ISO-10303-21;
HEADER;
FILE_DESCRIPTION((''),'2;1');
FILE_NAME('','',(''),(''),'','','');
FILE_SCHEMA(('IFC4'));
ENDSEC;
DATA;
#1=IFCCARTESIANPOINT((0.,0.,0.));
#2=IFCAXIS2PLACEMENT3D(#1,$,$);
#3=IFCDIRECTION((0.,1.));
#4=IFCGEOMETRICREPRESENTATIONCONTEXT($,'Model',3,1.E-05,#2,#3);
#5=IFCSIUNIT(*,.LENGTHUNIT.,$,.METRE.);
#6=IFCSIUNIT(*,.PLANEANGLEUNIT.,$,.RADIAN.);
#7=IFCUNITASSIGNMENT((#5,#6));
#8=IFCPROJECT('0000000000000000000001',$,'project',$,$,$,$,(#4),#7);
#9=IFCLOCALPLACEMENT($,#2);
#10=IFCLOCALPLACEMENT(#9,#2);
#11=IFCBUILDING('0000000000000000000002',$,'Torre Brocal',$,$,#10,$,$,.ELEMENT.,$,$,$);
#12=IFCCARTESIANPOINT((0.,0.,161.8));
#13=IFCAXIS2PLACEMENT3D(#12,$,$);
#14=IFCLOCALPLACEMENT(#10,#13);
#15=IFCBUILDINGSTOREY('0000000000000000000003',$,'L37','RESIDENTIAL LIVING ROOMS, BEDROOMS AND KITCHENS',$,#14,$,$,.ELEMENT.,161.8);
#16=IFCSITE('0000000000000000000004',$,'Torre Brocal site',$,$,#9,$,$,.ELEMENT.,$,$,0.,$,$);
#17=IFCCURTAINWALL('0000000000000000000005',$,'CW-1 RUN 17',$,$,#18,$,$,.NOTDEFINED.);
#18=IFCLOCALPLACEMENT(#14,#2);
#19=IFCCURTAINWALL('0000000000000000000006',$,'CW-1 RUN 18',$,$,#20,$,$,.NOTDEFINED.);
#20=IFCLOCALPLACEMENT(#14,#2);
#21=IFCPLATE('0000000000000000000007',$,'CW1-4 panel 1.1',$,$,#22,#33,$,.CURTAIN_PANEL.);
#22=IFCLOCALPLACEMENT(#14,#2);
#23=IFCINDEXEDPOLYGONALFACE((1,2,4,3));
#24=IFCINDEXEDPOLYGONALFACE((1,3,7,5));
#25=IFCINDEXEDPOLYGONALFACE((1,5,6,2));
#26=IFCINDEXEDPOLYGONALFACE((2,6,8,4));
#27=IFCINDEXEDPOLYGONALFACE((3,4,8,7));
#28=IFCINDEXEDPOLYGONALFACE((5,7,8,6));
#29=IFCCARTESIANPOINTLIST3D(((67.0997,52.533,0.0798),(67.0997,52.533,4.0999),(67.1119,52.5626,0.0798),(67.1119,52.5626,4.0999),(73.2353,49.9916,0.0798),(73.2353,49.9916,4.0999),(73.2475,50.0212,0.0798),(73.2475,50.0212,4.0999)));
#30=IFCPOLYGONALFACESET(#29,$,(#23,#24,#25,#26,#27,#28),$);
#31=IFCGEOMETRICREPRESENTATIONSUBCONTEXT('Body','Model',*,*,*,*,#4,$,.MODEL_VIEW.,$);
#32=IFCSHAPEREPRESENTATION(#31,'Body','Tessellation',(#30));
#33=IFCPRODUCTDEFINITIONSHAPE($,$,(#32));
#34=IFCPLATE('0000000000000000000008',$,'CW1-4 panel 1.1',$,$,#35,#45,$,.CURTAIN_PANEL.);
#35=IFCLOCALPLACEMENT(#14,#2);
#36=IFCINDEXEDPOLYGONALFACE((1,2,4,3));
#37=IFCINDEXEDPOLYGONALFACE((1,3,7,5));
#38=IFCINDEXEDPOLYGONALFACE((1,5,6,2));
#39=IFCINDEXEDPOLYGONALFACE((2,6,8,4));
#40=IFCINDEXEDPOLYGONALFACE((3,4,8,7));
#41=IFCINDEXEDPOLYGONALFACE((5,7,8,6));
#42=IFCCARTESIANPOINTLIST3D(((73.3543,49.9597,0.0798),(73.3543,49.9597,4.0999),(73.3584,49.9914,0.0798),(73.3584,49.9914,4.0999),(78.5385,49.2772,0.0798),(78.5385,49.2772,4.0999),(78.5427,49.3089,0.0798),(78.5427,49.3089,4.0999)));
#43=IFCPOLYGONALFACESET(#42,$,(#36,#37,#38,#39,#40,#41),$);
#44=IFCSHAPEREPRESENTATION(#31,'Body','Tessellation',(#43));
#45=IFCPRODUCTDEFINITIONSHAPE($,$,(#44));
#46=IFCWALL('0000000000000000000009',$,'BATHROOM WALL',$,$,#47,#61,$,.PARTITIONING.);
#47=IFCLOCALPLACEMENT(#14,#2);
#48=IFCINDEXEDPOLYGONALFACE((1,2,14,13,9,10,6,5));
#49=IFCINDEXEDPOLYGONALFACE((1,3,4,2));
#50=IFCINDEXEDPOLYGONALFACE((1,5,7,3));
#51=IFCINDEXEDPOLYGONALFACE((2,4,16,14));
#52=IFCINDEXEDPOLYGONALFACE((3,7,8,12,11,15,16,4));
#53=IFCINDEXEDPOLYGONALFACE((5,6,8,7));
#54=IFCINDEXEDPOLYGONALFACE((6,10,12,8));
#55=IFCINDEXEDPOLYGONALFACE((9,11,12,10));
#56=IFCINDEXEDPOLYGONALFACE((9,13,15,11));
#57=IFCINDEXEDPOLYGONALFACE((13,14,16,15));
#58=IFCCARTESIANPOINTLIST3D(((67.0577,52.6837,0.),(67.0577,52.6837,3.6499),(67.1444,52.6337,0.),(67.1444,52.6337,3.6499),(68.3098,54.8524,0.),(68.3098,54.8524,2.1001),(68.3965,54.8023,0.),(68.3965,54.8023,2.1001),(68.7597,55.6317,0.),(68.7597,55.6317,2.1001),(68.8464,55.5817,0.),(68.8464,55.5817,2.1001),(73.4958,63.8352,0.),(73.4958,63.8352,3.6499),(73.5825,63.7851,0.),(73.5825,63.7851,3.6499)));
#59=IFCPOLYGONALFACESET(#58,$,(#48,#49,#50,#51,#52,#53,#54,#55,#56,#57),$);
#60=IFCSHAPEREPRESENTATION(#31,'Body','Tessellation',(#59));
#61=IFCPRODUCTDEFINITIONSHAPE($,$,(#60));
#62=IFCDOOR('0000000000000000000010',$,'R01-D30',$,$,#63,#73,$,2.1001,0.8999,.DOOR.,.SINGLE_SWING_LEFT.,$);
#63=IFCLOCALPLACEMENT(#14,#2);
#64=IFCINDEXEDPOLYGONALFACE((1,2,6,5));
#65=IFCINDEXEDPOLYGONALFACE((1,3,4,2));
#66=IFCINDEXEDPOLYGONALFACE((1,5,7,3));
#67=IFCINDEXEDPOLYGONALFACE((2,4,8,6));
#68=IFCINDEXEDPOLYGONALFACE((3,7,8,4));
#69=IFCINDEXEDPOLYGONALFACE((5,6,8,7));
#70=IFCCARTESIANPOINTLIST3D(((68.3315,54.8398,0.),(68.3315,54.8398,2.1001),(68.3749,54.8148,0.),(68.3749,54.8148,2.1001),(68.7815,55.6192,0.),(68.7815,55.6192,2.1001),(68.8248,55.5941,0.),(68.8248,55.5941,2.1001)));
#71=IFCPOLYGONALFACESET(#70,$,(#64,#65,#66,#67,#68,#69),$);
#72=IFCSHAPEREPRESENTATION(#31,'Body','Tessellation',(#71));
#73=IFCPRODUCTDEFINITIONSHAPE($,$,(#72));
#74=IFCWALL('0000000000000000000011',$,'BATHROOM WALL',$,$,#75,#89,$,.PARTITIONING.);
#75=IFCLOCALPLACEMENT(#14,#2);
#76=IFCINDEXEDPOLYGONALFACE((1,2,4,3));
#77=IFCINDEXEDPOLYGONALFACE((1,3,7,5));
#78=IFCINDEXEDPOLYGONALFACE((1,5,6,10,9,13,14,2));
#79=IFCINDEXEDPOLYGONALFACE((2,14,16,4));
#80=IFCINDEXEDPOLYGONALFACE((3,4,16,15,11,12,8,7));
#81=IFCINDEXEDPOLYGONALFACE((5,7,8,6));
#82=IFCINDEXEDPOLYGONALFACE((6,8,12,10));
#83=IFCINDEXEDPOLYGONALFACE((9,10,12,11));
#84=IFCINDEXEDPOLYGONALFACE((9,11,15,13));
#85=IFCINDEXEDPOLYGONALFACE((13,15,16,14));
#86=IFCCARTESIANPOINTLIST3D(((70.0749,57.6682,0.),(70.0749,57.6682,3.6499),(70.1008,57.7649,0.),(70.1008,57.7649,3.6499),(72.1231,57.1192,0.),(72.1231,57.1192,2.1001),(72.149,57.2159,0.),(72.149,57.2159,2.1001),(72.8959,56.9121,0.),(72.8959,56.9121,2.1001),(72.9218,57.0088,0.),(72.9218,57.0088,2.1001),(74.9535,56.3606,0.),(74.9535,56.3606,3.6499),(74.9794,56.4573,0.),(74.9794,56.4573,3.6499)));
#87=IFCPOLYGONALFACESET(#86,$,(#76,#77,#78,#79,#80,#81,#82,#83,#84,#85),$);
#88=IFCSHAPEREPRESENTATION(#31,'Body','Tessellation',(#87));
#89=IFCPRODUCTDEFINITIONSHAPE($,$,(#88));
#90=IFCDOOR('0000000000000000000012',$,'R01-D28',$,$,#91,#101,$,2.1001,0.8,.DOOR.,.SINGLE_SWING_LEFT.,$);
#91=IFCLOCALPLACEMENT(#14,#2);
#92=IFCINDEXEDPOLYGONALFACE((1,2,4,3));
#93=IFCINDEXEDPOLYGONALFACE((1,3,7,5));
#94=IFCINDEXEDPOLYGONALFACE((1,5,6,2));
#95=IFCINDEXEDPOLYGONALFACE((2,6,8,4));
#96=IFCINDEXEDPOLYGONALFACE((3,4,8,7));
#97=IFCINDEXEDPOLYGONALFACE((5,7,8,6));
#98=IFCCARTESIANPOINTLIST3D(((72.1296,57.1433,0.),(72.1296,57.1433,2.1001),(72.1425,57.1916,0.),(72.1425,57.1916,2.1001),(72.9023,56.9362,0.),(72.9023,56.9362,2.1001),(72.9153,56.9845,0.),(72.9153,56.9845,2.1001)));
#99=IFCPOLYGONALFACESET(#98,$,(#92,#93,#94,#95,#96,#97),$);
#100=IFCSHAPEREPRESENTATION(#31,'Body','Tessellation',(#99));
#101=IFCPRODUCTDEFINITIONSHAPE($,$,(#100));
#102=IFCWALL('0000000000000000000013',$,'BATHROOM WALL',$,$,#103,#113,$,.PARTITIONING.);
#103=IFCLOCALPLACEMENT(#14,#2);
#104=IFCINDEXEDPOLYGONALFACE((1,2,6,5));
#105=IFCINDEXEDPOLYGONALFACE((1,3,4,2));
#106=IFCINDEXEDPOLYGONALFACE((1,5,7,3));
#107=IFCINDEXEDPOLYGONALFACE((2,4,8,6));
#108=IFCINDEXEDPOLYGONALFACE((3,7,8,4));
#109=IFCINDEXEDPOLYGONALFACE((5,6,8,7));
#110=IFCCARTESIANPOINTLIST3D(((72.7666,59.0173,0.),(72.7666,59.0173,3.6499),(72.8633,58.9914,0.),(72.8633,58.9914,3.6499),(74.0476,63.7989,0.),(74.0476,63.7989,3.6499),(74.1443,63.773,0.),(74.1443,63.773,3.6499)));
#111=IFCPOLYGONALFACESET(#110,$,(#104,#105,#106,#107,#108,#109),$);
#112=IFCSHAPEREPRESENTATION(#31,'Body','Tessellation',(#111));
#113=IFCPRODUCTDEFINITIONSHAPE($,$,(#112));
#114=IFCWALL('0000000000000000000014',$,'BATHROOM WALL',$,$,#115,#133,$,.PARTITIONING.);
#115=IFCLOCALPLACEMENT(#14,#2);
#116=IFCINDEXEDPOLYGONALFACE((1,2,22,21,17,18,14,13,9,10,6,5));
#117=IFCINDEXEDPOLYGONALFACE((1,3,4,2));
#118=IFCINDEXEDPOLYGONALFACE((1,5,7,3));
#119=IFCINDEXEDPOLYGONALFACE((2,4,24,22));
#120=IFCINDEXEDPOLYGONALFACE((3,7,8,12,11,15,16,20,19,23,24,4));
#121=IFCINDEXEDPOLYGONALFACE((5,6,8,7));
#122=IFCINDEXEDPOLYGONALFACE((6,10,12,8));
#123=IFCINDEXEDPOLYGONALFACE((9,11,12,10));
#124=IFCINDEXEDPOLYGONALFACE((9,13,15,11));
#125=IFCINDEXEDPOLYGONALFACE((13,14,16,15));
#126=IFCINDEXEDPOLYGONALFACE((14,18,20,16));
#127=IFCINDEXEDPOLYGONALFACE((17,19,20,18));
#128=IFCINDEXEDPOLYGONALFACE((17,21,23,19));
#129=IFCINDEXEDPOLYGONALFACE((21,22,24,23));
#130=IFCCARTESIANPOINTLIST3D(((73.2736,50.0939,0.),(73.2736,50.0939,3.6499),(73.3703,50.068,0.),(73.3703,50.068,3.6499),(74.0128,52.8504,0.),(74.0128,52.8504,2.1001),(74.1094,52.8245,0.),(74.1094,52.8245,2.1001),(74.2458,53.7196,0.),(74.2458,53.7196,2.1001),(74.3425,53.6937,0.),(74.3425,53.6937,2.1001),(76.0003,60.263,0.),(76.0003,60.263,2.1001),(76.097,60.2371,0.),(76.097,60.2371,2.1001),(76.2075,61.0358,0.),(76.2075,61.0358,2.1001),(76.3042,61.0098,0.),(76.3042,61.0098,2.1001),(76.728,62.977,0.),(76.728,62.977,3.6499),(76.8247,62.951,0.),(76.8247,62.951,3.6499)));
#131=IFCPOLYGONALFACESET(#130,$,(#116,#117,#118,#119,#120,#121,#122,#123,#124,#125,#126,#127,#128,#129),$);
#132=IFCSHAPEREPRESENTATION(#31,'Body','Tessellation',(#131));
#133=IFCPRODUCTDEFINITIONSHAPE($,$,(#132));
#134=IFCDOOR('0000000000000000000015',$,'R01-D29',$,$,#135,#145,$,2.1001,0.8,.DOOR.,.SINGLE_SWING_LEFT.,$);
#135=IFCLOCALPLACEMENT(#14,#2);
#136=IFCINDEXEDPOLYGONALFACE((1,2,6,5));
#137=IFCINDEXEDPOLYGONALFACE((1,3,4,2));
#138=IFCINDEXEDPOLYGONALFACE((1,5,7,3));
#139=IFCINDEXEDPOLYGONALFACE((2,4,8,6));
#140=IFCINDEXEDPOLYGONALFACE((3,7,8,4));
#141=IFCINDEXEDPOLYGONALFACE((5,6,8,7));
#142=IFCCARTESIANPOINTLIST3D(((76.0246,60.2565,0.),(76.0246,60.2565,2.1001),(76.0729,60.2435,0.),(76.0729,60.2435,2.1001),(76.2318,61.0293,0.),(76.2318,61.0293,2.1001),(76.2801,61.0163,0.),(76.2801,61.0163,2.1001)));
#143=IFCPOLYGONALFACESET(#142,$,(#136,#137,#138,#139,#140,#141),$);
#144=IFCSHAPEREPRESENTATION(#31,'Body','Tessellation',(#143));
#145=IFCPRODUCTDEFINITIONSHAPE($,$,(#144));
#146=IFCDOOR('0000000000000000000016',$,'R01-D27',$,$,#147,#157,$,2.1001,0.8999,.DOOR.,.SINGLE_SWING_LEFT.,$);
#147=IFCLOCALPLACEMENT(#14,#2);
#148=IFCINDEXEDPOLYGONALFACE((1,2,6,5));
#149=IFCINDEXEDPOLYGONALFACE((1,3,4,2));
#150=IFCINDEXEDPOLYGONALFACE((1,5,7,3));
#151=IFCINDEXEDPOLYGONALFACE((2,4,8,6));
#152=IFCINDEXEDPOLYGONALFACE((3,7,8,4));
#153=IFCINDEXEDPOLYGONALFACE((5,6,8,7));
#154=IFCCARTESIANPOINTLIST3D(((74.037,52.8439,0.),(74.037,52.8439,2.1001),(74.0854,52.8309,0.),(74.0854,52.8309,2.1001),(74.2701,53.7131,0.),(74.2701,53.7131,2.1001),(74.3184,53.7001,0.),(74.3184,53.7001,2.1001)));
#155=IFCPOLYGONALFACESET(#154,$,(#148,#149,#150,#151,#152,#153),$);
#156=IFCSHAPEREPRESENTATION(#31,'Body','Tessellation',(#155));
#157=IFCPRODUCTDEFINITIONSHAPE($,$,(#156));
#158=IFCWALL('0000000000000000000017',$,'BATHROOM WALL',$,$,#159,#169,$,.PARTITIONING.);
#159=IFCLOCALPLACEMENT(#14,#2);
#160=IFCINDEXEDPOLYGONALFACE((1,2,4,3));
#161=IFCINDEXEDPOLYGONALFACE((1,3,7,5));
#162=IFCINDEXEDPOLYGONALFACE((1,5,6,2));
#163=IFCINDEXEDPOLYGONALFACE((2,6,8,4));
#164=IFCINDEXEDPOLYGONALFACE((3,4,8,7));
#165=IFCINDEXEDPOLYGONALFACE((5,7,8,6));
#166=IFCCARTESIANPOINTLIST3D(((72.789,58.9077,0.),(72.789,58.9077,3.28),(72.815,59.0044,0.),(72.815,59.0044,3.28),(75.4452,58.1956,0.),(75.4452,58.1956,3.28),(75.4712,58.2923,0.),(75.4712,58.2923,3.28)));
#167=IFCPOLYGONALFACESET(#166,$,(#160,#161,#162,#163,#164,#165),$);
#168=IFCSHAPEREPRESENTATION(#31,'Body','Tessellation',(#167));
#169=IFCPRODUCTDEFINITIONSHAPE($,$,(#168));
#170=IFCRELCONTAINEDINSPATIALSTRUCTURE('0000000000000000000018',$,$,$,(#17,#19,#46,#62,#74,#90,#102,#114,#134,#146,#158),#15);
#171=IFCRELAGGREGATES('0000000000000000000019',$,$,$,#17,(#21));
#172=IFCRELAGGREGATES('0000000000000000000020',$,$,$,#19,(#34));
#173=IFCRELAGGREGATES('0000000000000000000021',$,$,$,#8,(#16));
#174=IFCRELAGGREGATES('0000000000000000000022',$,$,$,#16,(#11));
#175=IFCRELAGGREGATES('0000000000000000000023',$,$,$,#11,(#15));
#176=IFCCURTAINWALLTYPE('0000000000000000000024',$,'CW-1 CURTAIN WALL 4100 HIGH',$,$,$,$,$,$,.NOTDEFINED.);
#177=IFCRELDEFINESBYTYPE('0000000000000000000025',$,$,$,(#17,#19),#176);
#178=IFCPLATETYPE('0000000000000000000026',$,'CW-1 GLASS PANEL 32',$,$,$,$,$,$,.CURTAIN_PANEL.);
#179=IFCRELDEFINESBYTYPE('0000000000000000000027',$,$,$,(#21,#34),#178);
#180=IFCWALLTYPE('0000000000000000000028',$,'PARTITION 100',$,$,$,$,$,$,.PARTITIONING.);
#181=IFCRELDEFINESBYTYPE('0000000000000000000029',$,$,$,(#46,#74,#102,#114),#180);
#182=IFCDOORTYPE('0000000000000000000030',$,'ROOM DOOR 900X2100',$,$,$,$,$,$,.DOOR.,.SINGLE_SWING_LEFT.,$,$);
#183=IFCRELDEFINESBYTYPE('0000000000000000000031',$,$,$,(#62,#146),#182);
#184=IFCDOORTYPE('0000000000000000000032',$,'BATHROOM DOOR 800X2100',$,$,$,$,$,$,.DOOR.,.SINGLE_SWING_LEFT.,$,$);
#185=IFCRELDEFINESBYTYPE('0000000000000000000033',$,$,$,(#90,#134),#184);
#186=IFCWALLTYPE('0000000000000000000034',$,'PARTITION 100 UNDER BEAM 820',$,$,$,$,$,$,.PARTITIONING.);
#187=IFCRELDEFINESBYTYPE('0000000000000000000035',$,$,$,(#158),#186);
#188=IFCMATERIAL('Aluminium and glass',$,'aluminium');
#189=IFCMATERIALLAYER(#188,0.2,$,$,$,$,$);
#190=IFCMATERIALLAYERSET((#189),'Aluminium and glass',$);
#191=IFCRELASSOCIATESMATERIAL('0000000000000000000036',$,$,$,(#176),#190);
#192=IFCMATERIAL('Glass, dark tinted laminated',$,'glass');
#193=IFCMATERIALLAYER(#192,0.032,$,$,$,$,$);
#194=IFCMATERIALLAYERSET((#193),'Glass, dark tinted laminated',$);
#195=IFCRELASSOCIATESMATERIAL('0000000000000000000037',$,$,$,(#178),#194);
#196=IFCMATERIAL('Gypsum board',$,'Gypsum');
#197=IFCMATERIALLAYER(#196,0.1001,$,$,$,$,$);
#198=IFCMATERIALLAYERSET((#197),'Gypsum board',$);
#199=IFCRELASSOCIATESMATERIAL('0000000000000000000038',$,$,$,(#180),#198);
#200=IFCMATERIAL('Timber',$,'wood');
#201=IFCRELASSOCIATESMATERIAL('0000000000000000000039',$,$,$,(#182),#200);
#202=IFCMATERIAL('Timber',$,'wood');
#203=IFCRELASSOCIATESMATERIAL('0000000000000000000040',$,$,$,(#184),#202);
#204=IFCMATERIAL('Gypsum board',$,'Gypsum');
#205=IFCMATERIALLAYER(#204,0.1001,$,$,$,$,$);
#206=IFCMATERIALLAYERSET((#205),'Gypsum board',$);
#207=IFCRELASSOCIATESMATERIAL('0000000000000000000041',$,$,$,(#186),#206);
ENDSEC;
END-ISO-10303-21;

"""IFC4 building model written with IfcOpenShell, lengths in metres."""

from ifc_helpers import new_model, si_unit, direction, frame, frame_2d, origin, origin_2d, place, context, subcontext, project, spatial, rectangle, extrude, material, layer, layer_set, type_object, element, fill, aggregate, save


model = new_model("IFC4")

# Units and contexts
model_context = context("Model", 3, precision=1e-05, world=origin(), true_north=direction((0.0, 1.0)))
body_context = subcontext(model_context, "Body", "Model", "MODEL_VIEW")
ifc_project = project(units=[si_unit("LENGTHUNIT", "METRE"), si_unit("PLANEANGLEUNIT", "RADIAN")], contexts=[model_context])

# Site, building, storey
site_placement = place(None, origin())
site = spatial("IfcSite", under=ifc_project, at=site_placement, Name="Torre Brocal site", CompositionType="ELEMENT", RefElevation=0.0)
building_placement = place(site_placement, origin())
building = spatial("IfcBuilding", under=site, at=building_placement, Name="Torre Brocal", CompositionType="ELEMENT")
storey_placement = place(building_placement, frame((0.0, 0.0, 161.8)))
storey = spatial("IfcBuildingStorey", under=building, at=storey_placement, Name="L37", Description="RESIDENTIAL LIVING ROOMS, BEDROOMS AND KITCHENS", CompositionType="ELEMENT", Elevation=161.8)

# Shared definitions
ifc_material_1 = material(Name="Aluminium and glass", Category="aluminium")
ifc_layer_1 = layer(ifc_material_1, 0.2)
ifc_layer_set_1 = layer_set([ifc_layer_1], Name="Aluminium and glass")
curtain_wall_type = type_object("IfcCurtainWallType", Name="CW-1 CURTAIN WALL 4100 HIGH", PredefinedType="NOTDEFINED", material=ifc_layer_set_1)

# Curtain walls
curtain_wall_1_placement = place(storey_placement, origin())
curtain_wall_1 = element("IfcCurtainWall", 1, at=curtain_wall_1_placement, inside=storey, type_object=curtain_wall_type, Name="CW-1 RUN 17", PredefinedType="NOTDEFINED")
curtain_wall_2_placement = place(storey_placement, origin())
curtain_wall_2 = element("IfcCurtainWall", 2, at=curtain_wall_2_placement, inside=storey, type_object=curtain_wall_type, Name="CW-1 RUN 18", PredefinedType="NOTDEFINED")

# Plates
ifc_material_2 = material(Name="Glass, dark tinted laminated", Category="glass")
ifc_layer_2 = layer(ifc_material_2, 0.032)
ifc_layer_set_2 = layer_set([ifc_layer_2], Name="Glass, dark tinted laminated")
plate_type = type_object("IfcPlateType", Name="CW-1 GLASS PANEL 32", PredefinedType="CURTAIN_PANEL", material=ifc_layer_set_2)
plate_1_placement = place(storey_placement, frame((70.1736, 51.2771, 0.0798), z_axis=(0.0, 0.0, 1.0), x_axis=(0.92388, -0.382683, 0.0)))
plate_1 = element("IfcPlate", 3, at=plate_1_placement, type_object=plate_type, Name="CW1-4 panel 1.1", PredefinedType="CURTAIN_PANEL", context=body_context, shape_type="SweptSolid", body=[
    extrude(rectangle(XDim=6.6411, YDim=0.032, at=origin_2d()), origin(), (0.0, 0.0, 1.0), 4.02),
])
aggregate(curtain_wall_1, [plate_1])
plate_2_placement = place(storey_placement, frame((75.9485, 49.6343, 0.0798), z_axis=(0.0, 0.0, 1.0), x_axis=(0.991445, -0.130526, 0.0)))
plate_2 = element("IfcPlate", 4, at=plate_2_placement, type_object=plate_type, Name="CW1-4 panel 1.1", PredefinedType="CURTAIN_PANEL", context=body_context, shape_type="SweptSolid", body=[
    extrude(rectangle(XDim=5.229, YDim=0.032, at=origin_2d()), origin(), (0.0, 0.0, 1.0), 4.02),
])
aggregate(curtain_wall_2, [plate_2])

# Walls, openings, doors
ifc_material_3 = material(Name="Gypsum board", Category="Gypsum")
ifc_layer_3 = layer(ifc_material_3, 0.1001)
ifc_layer_set_3 = layer_set([ifc_layer_3], Name="Gypsum board")
wall_type_1 = type_object("IfcWallType", Name="PARTITION 100", PredefinedType="PARTITIONING", material=ifc_layer_set_3)
wall_1_placement = place(storey_placement, frame((67.1011, 52.6587, 0.0), z_axis=(0.0, 0.0, 1.0), x_axis=(0.499985, 0.866034, 0.0)))
wall_1 = element("IfcWall", 5, at=wall_1_placement, inside=storey, type_object=wall_type_1, Name="BATHROOM WALL", PredefinedType="PARTITIONING", context=body_context, shape_type="SweptSolid", body=[
    extrude(rectangle(XDim=12.8765, YDim=0.1001, at=frame_2d((6.4382, 0.0))), origin(), (0.0, 0.0, 1.0), 3.6499),
])
opening_1_placement = place(wall_1_placement, frame((2.5042, 0.0, 0.0)))
opening_1 = element("IfcOpeningElement", 6, at=opening_1_placement, cuts=wall_1, PredefinedType="OPENING", context=body_context, shape_type="SweptSolid", body=[
    extrude(rectangle(XDim=0.8999, YDim=2.1001, at=frame_2d((0.45, 1.05))), frame((0.0, 0.0601, 0.0), z_axis=(0.0, -1.0, 0.0), x_axis=(1.0, 0.0, 0.0)), (0.0, 0.0, 1.0), 0.1201),
])
ifc_material_4 = material(Name="Timber", Category="wood")
door_type_1 = type_object("IfcDoorType", Name="ROOM DOOR 900X2100", OperationType="SINGLE_SWING_LEFT", PredefinedType="DOOR", material=ifc_material_4)
door_1_placement = place(opening_1_placement, origin())
door_1 = element("IfcDoor", 7, at=door_1_placement, inside=storey, type_object=door_type_1, Name="R01-D30", OperationType="SINGLE_SWING_LEFT", OverallHeight=2.1001, OverallWidth=0.8999, PredefinedType="DOOR", context=body_context, shape_type="SweptSolid", body=[
    extrude(rectangle(XDim=0.8999, YDim=2.1001, at=frame_2d((0.45, 1.05))), frame((0.0, 0.0249, 0.0), z_axis=(0.0, -1.0, 0.0), x_axis=(1.0, 0.0, 0.0)), (0.0, 0.0, 1.0), 0.05),
])
fill(opening_1, door_1)
wall_2_placement = place(storey_placement, frame((70.0879, 57.7166, 0.0), z_axis=(0.0, 0.0, 1.0), x_axis=(0.965907, -0.25889, 0.0)))
wall_2 = element("IfcWall", 8, at=wall_2_placement, inside=storey, type_object=wall_type_1, Name="BATHROOM WALL", PredefinedType="PARTITIONING", context=body_context, shape_type="SweptSolid", body=[
    extrude(rectangle(XDim=5.0508, YDim=0.1001, at=frame_2d((2.5254, 0.0))), origin(), (0.0, 0.0, 1.0), 3.6499),
])
opening_2_placement = place(wall_2_placement, frame((2.1206, 0.0, 0.0)))
opening_2 = element("IfcOpeningElement", 9, at=opening_2_placement, cuts=wall_2, PredefinedType="OPENING", context=body_context, shape_type="SweptSolid", body=[
    extrude(rectangle(XDim=0.8, YDim=2.1001, at=frame_2d((0.3999, 1.05))), frame((0.0, 0.0601, 0.0), z_axis=(0.0, -1.0, 0.0), x_axis=(1.0, 0.0, 0.0)), (0.0, 0.0, 1.0), 0.1201),
])
ifc_material_5 = material(Name="Timber", Category="wood")
door_type_2 = type_object("IfcDoorType", Name="BATHROOM DOOR 800X2100", OperationType="SINGLE_SWING_LEFT", PredefinedType="DOOR", material=ifc_material_5)
door_2_placement = place(opening_2_placement, origin())
door_2 = element("IfcDoor", 10, at=door_2_placement, inside=storey, type_object=door_type_2, Name="R01-D28", OperationType="SINGLE_SWING_LEFT", OverallHeight=2.1001, OverallWidth=0.8, PredefinedType="DOOR", context=body_context, shape_type="SweptSolid", body=[
    extrude(rectangle(XDim=0.8, YDim=2.1001, at=frame_2d((0.3999, 1.05))), frame((0.0, 0.0249, 0.0), z_axis=(0.0, -1.0, 0.0), x_axis=(1.0, 0.0, 0.0)), (0.0, 0.0, 1.0), 0.05),
])
fill(opening_2, door_2)

# Wall
wall_3_placement = place(storey_placement, frame((72.8149, 59.0044, 0.0), z_axis=(0.0, 0.0, 1.0), x_axis=(0.258783, 0.965936, 0.0)))
element("IfcWall", 11, at=wall_3_placement, inside=storey, type_object=wall_type_1, Name="BATHROOM WALL", PredefinedType="PARTITIONING", context=body_context, shape_type="SweptSolid", body=[
    extrude(rectangle(XDim=4.9502, YDim=0.1001, at=frame_2d((2.4751, 0.0))), origin(), (0.0, 0.0, 1.0), 3.6499),
])

# Wall, openings, doors
wall_4_placement = place(storey_placement, frame((73.322, 50.0811, 0.0), z_axis=(0.0, 0.0, 1.0), x_axis=(0.258983, 0.965882, 0.0)))
wall_4 = element("IfcWall", 12, at=wall_4_placement, inside=storey, type_object=wall_type_1, Name="BATHROOM WALL", PredefinedType="PARTITIONING", context=body_context, shape_type="SweptSolid", body=[
    extrude(rectangle(XDim=13.3381, YDim=0.1001, at=frame_2d((6.6689, 0.0))), origin(), (0.0, 0.0, 1.0), 3.6499),
])
opening_3_placement = place(wall_4_placement, frame((2.8538, 0.0, 0.0)))
opening_3 = element("IfcOpeningElement", 13, at=opening_3_placement, cuts=wall_4, PredefinedType="OPENING", context=body_context, shape_type="SweptSolid", body=[
    extrude(rectangle(XDim=0.8999, YDim=2.1001, at=frame_2d((0.45, 1.05))), frame((0.0, 0.0601, 0.0), z_axis=(0.0, -1.0, 0.0), x_axis=(1.0, 0.0, 0.0)), (0.0, 0.0, 1.0), 0.1201),
])
opening_4_placement = place(wall_4_placement, frame((10.5283, 0.0, 0.0)))
opening_4 = element("IfcOpeningElement", 14, at=opening_4_placement, cuts=wall_4, PredefinedType="OPENING", context=body_context, shape_type="SweptSolid", body=[
    extrude(rectangle(XDim=0.8, YDim=2.1001, at=frame_2d((0.3999, 1.05))), frame((0.0, 0.0601, 0.0), z_axis=(0.0, -1.0, 0.0), x_axis=(1.0, 0.0, 0.0)), (0.0, 0.0, 1.0), 0.1201),
])
door_3_placement = place(opening_4_placement, origin())
door_3 = element("IfcDoor", 15, at=door_3_placement, inside=storey, type_object=door_type_2, Name="R01-D29", OperationType="SINGLE_SWING_LEFT", OverallHeight=2.1001, OverallWidth=0.8, PredefinedType="DOOR", context=body_context, shape_type="SweptSolid", body=[
    extrude(rectangle(XDim=0.8, YDim=2.1001, at=frame_2d((0.3999, 1.05))), frame((0.0, 0.0249, 0.0), z_axis=(0.0, -1.0, 0.0), x_axis=(1.0, 0.0, 0.0)), (0.0, 0.0, 1.0), 0.05),
])
fill(opening_4, door_3)
door_4_placement = place(opening_3_placement, origin())
door_4 = element("IfcDoor", 16, at=door_4_placement, inside=storey, type_object=door_type_1, Name="R01-D27", OperationType="SINGLE_SWING_LEFT", OverallHeight=2.1001, OverallWidth=0.8999, PredefinedType="DOOR", context=body_context, shape_type="SweptSolid", body=[
    extrude(rectangle(XDim=0.8999, YDim=2.1001, at=frame_2d((0.45, 1.05))), frame((0.0, 0.0249, 0.0), z_axis=(0.0, -1.0, 0.0), x_axis=(1.0, 0.0, 0.0)), (0.0, 0.0, 1.0), 0.05),
])
fill(opening_3, door_4)

# Wall
ifc_material_6 = material(Name="Gypsum board", Category="Gypsum")
ifc_layer_4 = layer(ifc_material_6, 0.1001)
ifc_layer_set_4 = layer_set([ifc_layer_4], Name="Gypsum board")
wall_type_2 = type_object("IfcWallType", Name="PARTITION 100 UNDER BEAM 820", PredefinedType="PARTITIONING", material=ifc_layer_set_4)
wall_5_placement = place(storey_placement, frame((72.802, 58.9561, 0.0), z_axis=(0.0, 0.0, 1.0), x_axis=(0.965888, -0.258961, 0.0)))
element("IfcWall", 17, at=wall_5_placement, inside=storey, type_object=wall_type_2, Name="BATHROOM WALL", PredefinedType="PARTITIONING", context=body_context, shape_type="SweptSolid", body=[
    extrude(rectangle(XDim=2.75, YDim=0.1001, at=frame_2d((1.375, 0.0))), origin(), (0.0, 0.0, 1.0), 3.28),
])

save(model, "model.ifc")
